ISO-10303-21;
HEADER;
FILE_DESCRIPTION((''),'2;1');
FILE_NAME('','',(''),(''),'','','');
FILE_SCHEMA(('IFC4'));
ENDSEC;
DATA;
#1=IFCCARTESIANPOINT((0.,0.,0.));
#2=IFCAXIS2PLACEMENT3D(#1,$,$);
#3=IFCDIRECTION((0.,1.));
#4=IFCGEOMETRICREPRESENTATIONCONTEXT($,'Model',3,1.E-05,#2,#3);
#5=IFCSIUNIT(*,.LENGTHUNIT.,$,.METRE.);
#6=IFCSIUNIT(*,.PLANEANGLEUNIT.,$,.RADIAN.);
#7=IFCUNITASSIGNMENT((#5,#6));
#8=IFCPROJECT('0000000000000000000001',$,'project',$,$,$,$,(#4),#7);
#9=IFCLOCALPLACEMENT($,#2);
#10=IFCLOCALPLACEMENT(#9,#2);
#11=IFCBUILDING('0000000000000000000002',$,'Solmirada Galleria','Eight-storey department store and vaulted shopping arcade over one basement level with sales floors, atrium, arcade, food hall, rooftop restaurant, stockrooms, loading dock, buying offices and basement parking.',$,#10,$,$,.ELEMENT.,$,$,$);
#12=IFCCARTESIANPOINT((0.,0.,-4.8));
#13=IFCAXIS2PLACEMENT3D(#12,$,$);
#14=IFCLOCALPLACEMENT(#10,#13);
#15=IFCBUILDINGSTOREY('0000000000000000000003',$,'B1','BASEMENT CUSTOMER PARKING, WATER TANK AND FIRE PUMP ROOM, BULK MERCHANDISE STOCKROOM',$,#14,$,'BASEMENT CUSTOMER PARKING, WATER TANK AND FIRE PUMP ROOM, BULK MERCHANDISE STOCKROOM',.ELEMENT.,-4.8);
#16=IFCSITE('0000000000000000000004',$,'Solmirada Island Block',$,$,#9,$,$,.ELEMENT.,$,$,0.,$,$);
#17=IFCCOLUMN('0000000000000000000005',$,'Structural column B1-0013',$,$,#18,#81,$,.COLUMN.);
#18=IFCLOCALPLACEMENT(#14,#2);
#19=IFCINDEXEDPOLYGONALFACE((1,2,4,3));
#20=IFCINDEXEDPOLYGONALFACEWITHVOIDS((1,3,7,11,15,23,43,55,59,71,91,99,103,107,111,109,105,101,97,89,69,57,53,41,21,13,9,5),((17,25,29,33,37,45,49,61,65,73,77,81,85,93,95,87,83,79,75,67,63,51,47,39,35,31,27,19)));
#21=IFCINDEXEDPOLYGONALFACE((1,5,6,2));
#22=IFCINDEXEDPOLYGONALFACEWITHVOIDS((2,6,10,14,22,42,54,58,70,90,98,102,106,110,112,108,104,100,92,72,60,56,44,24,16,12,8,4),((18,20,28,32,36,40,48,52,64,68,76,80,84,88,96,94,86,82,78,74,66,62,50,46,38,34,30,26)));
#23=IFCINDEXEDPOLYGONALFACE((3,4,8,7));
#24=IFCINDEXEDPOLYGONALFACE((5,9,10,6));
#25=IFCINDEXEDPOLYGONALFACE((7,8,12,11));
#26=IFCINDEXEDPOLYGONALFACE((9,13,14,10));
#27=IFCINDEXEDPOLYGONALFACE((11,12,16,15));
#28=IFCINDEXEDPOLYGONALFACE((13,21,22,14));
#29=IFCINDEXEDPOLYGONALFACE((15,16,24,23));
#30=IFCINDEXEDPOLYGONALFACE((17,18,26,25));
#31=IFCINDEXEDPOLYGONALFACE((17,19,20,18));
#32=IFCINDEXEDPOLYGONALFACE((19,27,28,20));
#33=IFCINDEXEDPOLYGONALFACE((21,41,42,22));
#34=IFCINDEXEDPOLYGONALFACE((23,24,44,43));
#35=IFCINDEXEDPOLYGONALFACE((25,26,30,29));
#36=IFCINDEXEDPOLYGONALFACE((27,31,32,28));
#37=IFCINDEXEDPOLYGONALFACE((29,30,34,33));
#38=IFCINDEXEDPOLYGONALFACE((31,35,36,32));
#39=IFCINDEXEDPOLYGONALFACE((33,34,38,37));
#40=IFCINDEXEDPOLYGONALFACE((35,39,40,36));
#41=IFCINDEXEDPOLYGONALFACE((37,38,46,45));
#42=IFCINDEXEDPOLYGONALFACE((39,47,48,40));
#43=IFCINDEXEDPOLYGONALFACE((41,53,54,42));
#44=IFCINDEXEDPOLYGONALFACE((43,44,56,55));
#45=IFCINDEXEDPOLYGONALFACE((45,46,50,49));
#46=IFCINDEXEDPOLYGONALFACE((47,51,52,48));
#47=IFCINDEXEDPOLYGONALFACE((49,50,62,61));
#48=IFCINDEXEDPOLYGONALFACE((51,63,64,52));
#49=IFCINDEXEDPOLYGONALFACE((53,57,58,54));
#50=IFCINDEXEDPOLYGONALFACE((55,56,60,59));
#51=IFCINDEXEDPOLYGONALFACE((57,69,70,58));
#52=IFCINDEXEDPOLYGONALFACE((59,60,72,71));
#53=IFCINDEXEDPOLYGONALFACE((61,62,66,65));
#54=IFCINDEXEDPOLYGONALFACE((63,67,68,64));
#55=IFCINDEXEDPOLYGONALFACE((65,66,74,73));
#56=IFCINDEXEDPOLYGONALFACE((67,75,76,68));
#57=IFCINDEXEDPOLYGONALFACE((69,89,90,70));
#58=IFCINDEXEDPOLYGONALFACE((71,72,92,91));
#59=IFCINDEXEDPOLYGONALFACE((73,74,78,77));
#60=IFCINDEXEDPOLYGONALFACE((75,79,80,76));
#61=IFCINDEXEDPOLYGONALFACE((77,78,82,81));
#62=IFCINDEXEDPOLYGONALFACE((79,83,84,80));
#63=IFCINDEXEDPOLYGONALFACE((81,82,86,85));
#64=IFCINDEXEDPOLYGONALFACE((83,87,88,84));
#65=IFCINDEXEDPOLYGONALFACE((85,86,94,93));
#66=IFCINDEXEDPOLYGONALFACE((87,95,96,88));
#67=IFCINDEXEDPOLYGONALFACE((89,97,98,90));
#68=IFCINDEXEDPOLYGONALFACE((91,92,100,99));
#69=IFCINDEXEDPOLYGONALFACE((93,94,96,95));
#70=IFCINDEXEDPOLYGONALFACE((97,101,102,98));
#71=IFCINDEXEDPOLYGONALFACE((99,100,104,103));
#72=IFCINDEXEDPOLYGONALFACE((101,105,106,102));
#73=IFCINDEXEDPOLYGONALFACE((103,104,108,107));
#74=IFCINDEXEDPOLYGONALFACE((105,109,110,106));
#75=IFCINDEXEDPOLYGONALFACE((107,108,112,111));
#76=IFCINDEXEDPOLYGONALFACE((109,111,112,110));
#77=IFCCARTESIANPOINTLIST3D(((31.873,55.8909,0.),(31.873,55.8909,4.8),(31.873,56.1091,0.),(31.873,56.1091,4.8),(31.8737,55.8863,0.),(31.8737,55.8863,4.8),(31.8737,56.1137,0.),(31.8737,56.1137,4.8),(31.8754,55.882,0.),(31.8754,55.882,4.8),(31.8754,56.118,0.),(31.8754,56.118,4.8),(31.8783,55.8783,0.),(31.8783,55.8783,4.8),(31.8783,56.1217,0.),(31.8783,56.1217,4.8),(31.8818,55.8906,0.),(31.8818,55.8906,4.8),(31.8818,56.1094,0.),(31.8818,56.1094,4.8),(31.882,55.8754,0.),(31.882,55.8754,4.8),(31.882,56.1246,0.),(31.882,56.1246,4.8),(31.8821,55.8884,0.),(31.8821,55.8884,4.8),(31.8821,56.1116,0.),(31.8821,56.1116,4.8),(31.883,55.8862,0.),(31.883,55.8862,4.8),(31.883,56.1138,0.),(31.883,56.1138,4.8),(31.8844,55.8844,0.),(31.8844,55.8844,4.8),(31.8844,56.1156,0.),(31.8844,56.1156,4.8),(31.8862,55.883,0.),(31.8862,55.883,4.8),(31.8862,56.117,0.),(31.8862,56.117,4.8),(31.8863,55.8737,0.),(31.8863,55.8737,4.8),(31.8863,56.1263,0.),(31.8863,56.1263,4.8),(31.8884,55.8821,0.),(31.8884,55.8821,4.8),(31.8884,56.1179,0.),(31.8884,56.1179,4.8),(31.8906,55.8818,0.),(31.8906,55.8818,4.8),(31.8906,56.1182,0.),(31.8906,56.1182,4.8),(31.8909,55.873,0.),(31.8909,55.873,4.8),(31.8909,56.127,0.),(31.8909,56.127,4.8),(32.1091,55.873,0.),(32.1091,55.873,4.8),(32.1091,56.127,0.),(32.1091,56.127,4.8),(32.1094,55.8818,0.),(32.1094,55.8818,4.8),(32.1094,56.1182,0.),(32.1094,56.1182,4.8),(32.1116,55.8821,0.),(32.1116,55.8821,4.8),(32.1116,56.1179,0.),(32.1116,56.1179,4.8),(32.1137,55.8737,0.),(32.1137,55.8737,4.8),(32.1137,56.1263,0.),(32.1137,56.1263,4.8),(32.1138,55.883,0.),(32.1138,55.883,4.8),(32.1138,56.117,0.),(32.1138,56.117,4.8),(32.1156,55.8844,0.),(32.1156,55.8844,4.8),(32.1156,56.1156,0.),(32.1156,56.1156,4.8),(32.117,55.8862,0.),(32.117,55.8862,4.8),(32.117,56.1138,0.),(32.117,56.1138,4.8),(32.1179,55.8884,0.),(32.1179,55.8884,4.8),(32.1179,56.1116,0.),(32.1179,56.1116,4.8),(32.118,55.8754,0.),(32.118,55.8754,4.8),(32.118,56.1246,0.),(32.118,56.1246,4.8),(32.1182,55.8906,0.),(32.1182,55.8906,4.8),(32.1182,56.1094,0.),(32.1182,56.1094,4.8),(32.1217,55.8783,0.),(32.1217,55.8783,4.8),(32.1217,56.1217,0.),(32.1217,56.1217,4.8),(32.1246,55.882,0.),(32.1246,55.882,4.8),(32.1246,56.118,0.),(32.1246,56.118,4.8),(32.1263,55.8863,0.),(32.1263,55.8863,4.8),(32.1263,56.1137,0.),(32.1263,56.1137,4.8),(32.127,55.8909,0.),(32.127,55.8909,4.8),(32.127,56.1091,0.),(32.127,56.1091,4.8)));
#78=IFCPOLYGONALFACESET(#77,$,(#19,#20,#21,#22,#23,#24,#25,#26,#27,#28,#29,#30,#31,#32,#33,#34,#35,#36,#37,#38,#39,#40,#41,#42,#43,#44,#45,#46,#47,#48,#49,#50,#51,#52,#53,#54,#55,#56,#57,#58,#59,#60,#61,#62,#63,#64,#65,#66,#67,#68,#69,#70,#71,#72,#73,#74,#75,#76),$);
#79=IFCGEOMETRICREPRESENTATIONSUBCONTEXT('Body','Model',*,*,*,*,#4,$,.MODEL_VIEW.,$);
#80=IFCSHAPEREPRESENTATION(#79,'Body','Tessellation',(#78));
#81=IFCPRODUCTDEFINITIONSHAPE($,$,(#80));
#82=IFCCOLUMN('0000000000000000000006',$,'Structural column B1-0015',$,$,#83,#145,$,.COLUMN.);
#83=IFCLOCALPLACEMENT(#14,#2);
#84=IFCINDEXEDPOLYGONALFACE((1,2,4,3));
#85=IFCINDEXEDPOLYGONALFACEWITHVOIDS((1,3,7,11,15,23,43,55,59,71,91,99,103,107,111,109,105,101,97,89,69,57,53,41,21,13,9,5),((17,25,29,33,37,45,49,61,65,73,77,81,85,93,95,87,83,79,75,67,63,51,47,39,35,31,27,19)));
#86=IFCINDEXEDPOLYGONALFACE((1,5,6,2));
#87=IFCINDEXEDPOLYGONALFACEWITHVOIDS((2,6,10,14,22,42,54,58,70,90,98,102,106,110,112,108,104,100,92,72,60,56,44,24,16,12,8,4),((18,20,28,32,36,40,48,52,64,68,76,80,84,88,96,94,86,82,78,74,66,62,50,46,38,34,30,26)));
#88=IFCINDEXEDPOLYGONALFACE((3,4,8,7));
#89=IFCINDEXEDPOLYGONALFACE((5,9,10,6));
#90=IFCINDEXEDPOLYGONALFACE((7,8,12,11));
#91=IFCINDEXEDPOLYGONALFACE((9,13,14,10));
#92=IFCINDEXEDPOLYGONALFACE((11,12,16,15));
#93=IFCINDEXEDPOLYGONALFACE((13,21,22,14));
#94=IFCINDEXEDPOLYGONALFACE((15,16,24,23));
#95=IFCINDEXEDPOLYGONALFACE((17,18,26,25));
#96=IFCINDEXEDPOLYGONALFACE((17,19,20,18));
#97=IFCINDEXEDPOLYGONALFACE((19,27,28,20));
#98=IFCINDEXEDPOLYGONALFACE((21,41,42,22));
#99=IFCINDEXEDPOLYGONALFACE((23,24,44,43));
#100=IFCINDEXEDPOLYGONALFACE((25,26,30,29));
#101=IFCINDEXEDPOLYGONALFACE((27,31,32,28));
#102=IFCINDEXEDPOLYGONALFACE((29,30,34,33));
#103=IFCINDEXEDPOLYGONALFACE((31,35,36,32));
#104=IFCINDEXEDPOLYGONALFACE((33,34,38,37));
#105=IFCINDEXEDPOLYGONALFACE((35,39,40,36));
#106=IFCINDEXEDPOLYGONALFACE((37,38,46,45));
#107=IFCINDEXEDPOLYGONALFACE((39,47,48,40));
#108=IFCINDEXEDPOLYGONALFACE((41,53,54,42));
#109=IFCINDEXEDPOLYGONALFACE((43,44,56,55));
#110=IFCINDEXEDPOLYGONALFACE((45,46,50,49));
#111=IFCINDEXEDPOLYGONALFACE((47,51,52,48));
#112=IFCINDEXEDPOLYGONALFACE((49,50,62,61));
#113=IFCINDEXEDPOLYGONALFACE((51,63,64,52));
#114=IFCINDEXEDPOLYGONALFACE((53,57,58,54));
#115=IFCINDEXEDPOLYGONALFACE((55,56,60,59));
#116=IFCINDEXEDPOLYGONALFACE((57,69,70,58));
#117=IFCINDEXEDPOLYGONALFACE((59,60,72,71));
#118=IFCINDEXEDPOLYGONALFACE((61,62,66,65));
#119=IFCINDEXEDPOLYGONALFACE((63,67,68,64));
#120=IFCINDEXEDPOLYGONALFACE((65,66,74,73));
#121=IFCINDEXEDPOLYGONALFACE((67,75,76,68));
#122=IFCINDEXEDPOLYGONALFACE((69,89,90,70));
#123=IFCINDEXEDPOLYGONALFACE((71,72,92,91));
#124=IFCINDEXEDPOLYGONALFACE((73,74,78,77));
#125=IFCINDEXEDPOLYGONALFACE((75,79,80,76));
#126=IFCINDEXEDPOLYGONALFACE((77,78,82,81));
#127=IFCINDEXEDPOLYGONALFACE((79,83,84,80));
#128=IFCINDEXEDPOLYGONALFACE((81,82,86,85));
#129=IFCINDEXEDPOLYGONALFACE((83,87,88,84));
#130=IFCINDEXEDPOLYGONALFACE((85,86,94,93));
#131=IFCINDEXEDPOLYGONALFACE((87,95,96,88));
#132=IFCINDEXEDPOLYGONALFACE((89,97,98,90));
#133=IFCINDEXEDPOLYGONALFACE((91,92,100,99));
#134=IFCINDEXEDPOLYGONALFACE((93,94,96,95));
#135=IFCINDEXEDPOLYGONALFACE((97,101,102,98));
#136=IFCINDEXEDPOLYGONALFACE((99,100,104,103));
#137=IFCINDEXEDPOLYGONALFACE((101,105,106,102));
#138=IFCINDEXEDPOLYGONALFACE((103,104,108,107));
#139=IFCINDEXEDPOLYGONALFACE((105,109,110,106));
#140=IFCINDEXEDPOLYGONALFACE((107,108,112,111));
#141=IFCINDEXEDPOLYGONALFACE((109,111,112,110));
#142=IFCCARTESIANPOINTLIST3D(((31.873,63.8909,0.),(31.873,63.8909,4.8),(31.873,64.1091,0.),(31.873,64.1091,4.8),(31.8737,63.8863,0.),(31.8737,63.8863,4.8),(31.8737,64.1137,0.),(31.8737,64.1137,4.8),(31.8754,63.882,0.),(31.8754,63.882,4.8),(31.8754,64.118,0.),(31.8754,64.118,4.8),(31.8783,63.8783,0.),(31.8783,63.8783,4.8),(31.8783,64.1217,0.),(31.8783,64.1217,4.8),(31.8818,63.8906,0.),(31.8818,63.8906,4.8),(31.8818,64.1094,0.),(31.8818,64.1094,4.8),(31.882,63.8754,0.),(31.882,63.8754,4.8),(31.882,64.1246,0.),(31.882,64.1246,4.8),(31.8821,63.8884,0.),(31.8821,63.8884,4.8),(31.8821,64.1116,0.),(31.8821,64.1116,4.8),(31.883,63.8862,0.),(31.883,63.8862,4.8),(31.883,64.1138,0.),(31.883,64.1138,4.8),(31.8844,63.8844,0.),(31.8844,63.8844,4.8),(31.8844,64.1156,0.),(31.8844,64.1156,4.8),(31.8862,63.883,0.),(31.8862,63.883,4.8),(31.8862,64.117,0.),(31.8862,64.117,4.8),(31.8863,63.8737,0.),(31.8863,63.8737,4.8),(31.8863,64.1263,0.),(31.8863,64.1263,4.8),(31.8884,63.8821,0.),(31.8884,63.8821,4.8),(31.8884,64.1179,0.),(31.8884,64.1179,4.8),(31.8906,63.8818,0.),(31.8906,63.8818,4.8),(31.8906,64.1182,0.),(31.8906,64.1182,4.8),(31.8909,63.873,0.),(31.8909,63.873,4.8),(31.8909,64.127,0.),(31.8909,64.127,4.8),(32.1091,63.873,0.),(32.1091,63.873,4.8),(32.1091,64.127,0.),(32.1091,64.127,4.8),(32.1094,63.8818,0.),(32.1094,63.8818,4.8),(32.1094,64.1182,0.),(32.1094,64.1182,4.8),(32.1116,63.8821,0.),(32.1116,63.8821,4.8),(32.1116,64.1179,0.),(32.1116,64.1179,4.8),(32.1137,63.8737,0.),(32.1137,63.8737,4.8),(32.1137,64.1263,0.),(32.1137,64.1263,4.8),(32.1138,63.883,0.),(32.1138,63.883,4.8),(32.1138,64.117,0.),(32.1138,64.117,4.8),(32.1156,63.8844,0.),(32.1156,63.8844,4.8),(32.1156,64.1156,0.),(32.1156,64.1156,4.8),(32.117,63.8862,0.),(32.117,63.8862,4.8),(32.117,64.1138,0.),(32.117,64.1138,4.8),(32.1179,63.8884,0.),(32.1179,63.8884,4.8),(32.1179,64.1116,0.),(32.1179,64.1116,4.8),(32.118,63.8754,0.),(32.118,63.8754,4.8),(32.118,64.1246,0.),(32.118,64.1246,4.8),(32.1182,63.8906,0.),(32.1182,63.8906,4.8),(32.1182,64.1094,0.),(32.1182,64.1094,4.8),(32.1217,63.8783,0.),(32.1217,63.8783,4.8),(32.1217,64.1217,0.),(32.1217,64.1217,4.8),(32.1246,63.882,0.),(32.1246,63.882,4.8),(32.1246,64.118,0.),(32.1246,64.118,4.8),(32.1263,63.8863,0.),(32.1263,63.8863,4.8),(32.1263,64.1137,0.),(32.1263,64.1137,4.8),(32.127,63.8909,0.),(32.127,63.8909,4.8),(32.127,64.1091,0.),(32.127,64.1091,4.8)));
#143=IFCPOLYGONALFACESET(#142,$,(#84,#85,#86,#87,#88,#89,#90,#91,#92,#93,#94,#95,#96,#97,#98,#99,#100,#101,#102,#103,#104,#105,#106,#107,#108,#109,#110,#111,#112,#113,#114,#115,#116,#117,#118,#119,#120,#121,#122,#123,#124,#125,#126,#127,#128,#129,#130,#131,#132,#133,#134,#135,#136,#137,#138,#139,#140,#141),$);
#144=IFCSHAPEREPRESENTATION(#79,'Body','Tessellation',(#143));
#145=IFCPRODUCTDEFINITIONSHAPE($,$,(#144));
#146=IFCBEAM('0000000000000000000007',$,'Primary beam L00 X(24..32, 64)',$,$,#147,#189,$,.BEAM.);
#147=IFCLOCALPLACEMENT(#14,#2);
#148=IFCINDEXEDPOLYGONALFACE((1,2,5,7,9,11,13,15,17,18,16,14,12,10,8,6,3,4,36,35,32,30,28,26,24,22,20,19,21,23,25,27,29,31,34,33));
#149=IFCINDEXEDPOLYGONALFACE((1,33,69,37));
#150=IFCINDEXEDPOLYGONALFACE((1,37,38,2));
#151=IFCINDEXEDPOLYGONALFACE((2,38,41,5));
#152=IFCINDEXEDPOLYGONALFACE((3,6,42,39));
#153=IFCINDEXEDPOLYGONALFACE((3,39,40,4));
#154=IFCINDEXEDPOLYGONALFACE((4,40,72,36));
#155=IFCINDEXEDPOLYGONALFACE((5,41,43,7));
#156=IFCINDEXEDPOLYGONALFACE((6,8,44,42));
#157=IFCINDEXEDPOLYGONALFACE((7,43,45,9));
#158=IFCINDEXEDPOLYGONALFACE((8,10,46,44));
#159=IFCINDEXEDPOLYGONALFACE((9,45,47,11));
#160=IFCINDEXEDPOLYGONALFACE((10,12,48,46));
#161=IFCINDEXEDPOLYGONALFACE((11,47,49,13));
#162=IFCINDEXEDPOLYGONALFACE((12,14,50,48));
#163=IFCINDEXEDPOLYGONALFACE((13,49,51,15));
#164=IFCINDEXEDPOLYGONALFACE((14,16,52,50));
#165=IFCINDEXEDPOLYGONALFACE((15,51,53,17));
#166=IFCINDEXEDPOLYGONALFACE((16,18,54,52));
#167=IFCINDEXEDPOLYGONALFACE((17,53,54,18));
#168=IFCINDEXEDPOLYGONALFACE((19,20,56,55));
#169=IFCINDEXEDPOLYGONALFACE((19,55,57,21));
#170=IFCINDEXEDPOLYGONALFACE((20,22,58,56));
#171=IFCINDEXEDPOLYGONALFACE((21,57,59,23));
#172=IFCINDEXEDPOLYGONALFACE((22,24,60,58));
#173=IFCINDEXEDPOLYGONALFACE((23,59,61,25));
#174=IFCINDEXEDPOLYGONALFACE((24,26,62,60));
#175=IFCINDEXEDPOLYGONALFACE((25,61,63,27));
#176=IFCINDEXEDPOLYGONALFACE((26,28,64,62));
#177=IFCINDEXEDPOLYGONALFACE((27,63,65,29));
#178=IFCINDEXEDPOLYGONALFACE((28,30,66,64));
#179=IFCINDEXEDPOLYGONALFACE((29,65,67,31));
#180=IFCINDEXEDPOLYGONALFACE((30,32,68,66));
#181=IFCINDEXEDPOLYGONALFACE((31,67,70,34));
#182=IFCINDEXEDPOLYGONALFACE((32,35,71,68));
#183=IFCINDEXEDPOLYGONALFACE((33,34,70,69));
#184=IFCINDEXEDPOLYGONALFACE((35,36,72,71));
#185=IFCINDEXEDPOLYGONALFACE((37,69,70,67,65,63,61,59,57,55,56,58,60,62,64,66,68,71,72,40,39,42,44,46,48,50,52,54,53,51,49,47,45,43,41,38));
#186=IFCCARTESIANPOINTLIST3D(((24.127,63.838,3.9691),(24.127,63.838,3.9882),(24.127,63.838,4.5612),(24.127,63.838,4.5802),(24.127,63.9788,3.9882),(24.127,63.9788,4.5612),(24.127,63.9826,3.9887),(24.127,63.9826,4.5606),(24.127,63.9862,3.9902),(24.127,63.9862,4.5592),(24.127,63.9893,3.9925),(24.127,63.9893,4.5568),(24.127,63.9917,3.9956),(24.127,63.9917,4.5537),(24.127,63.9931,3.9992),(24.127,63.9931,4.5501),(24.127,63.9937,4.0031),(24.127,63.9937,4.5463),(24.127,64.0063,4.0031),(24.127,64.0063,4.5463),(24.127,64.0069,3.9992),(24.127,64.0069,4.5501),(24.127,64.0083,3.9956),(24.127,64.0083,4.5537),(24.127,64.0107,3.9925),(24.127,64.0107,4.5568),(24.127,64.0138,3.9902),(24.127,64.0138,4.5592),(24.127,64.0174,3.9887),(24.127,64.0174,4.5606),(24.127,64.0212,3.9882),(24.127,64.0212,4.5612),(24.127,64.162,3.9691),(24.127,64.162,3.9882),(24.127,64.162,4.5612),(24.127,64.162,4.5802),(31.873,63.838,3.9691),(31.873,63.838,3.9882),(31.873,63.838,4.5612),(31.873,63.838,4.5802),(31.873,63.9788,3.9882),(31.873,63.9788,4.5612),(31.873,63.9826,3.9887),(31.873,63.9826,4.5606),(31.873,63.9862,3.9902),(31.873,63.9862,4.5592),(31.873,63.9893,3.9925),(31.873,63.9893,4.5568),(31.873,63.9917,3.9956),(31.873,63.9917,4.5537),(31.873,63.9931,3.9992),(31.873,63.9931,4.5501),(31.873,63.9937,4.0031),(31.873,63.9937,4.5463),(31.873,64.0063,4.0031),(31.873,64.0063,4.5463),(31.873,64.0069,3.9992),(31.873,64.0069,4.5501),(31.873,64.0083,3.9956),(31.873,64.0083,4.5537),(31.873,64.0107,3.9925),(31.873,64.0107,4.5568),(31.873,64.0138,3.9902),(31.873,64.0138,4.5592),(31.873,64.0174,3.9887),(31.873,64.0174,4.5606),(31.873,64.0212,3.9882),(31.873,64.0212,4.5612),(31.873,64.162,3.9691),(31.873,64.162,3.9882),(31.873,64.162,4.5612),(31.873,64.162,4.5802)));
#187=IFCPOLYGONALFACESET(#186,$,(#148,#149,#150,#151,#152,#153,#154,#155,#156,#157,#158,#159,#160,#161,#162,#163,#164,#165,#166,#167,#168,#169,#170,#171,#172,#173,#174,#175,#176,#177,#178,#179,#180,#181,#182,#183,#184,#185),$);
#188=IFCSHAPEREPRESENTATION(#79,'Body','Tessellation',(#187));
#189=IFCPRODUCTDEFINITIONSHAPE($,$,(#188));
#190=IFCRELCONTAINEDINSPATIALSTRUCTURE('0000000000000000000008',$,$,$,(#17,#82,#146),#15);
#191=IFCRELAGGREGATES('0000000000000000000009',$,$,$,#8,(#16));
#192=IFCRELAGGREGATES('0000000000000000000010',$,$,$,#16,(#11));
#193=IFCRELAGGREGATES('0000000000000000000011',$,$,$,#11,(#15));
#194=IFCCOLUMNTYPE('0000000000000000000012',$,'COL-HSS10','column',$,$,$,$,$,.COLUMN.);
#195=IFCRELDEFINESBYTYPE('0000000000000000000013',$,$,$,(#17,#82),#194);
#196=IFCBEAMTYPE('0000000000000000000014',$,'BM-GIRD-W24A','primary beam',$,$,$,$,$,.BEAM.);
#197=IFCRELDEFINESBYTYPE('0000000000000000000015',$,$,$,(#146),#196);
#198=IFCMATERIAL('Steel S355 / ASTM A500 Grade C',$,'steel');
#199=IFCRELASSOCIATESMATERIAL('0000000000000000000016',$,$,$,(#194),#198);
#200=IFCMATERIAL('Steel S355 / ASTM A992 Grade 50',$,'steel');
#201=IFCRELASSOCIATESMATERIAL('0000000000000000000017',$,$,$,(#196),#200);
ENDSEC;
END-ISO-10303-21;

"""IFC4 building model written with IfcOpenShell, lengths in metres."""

from ifc_helpers import new_model, si_unit, direction, frame, origin, origin_2d, place, context, subcontext, project, spatial, hollow_rectangle, i_section, extrude, material, material_profile, profile_set, type_object, element, save


model = new_model("IFC4")

# Units and contexts
model_context = context("Model", 3, precision=1e-05, world=origin(), true_north=direction((0.0, 1.0)))
body_context = subcontext(model_context, "Body", "Model", "MODEL_VIEW")
ifc_project = project(units=[si_unit("LENGTHUNIT", "METRE"), si_unit("PLANEANGLEUNIT", "RADIAN")], contexts=[model_context])

# Site, building, storey
site_placement = place(None, origin())
site = spatial("IfcSite", under=ifc_project, at=site_placement, Name="Solmirada Island Block", CompositionType="ELEMENT", RefElevation=0.0)
building_placement = place(site_placement, origin())
building = spatial("IfcBuilding", under=site, at=building_placement, Name="Solmirada Galleria", Description="Eight-storey department store and vaulted shopping arcade over one basement level with sales floors, atrium, arcade, food hall, rooftop restaurant, stockrooms, loading dock, buying offices and basement parking.", CompositionType="ELEMENT")
storey_placement = place(building_placement, frame((0.0, 0.0, -4.8)))
storey = spatial("IfcBuildingStorey", under=building, at=storey_placement, Name="B1", Description="BASEMENT CUSTOMER PARKING, WATER TANK AND FIRE PUMP ROOM, BULK MERCHANDISE STOCKROOM", LongName="BASEMENT CUSTOMER PARKING, WATER TANK AND FIRE PUMP ROOM, BULK MERCHANDISE STOCKROOM", CompositionType="ELEMENT", Elevation=-4.8)

# Columns
ifc_material_1 = material(Name="Steel S355 / ASTM A500 Grade C", Category="steel")
ifc_material_profile_1 = material_profile(ifc_material_1, hollow_rectangle(XDim=0.2539, YDim=0.2539, WallThickness=0.0088, InnerFilletRadius=0.0088, OuterFilletRadius=0.0178, at=origin_2d()), Name="HSS10X10X3/8")
ifc_profile_set_1 = profile_set([ifc_material_profile_1], Name="Steel S355 / ASTM A500 Grade C")
column_type = type_object("IfcColumnType", Name="COL-HSS10", Description="column", PredefinedType="COLUMN", material=ifc_profile_set_1)
for number, where, z_axis, x_axis, name in (
    (1, (32.0, 56.0, 0.0), (0.0, 0.0, 1.0), (1.0, 0.0, 0.0), "Structural column B1-0013"),
    (2, (32.0, 64.0, 0.0), (0.0, 0.0, 1.0), (1.0, 0.0, 0.0), "Structural column B1-0015"),
):
    element("IfcColumn", number, at=place(storey_placement, frame(where, z_axis=z_axis, x_axis=x_axis)), inside=storey, type_object=column_type, Name=name, PredefinedType="COLUMN", context=body_context, shape_type="SweptSolid", body=[
        extrude(hollow_rectangle(XDim=0.2539, YDim=0.2539, WallThickness=0.0088, InnerFilletRadius=0.0088, OuterFilletRadius=0.0178, at=origin_2d()), origin(), (0.0, 0.0, 1.0), 4.8),
    ])

# Beam
ifc_material_2 = material(Name="Steel S355 / ASTM A992 Grade 50", Category="steel")
ifc_material_profile_2 = material_profile(ifc_material_2, i_section(OverallWidth=0.324, OverallDepth=0.6111, WebThickness=0.0127, FlangeThickness=0.019, FilletRadius=0.0149, at=origin_2d()), Name="W24X104")
ifc_profile_set_2 = profile_set([ifc_material_profile_2], Name="Steel S355 / ASTM A992 Grade 50")
beam_type_1 = type_object("IfcBeamType", Name="BM-GIRD-W24A", Description="primary beam", PredefinedType="BEAM", material=ifc_profile_set_2)
beam_1_placement = place(storey_placement, frame((24.127, 64.0, 4.2747), z_axis=(1.0, 0.0, 0.0), x_axis=(0.0, 1.0, 0.0)))
element("IfcBeam", 3, at=beam_1_placement, inside=storey, type_object=beam_type_1, Name="Primary beam L00 X(24..32, 64)", PredefinedType="BEAM", context=body_context, shape_type="SweptSolid", body=[
    extrude(i_section(OverallWidth=0.324, OverallDepth=0.6111, WebThickness=0.0127, FlangeThickness=0.019, FilletRadius=0.0149, at=origin_2d()), origin(), (0.0, 0.0, 1.0), 7.7461),
])

save(model, "model.ifc")
